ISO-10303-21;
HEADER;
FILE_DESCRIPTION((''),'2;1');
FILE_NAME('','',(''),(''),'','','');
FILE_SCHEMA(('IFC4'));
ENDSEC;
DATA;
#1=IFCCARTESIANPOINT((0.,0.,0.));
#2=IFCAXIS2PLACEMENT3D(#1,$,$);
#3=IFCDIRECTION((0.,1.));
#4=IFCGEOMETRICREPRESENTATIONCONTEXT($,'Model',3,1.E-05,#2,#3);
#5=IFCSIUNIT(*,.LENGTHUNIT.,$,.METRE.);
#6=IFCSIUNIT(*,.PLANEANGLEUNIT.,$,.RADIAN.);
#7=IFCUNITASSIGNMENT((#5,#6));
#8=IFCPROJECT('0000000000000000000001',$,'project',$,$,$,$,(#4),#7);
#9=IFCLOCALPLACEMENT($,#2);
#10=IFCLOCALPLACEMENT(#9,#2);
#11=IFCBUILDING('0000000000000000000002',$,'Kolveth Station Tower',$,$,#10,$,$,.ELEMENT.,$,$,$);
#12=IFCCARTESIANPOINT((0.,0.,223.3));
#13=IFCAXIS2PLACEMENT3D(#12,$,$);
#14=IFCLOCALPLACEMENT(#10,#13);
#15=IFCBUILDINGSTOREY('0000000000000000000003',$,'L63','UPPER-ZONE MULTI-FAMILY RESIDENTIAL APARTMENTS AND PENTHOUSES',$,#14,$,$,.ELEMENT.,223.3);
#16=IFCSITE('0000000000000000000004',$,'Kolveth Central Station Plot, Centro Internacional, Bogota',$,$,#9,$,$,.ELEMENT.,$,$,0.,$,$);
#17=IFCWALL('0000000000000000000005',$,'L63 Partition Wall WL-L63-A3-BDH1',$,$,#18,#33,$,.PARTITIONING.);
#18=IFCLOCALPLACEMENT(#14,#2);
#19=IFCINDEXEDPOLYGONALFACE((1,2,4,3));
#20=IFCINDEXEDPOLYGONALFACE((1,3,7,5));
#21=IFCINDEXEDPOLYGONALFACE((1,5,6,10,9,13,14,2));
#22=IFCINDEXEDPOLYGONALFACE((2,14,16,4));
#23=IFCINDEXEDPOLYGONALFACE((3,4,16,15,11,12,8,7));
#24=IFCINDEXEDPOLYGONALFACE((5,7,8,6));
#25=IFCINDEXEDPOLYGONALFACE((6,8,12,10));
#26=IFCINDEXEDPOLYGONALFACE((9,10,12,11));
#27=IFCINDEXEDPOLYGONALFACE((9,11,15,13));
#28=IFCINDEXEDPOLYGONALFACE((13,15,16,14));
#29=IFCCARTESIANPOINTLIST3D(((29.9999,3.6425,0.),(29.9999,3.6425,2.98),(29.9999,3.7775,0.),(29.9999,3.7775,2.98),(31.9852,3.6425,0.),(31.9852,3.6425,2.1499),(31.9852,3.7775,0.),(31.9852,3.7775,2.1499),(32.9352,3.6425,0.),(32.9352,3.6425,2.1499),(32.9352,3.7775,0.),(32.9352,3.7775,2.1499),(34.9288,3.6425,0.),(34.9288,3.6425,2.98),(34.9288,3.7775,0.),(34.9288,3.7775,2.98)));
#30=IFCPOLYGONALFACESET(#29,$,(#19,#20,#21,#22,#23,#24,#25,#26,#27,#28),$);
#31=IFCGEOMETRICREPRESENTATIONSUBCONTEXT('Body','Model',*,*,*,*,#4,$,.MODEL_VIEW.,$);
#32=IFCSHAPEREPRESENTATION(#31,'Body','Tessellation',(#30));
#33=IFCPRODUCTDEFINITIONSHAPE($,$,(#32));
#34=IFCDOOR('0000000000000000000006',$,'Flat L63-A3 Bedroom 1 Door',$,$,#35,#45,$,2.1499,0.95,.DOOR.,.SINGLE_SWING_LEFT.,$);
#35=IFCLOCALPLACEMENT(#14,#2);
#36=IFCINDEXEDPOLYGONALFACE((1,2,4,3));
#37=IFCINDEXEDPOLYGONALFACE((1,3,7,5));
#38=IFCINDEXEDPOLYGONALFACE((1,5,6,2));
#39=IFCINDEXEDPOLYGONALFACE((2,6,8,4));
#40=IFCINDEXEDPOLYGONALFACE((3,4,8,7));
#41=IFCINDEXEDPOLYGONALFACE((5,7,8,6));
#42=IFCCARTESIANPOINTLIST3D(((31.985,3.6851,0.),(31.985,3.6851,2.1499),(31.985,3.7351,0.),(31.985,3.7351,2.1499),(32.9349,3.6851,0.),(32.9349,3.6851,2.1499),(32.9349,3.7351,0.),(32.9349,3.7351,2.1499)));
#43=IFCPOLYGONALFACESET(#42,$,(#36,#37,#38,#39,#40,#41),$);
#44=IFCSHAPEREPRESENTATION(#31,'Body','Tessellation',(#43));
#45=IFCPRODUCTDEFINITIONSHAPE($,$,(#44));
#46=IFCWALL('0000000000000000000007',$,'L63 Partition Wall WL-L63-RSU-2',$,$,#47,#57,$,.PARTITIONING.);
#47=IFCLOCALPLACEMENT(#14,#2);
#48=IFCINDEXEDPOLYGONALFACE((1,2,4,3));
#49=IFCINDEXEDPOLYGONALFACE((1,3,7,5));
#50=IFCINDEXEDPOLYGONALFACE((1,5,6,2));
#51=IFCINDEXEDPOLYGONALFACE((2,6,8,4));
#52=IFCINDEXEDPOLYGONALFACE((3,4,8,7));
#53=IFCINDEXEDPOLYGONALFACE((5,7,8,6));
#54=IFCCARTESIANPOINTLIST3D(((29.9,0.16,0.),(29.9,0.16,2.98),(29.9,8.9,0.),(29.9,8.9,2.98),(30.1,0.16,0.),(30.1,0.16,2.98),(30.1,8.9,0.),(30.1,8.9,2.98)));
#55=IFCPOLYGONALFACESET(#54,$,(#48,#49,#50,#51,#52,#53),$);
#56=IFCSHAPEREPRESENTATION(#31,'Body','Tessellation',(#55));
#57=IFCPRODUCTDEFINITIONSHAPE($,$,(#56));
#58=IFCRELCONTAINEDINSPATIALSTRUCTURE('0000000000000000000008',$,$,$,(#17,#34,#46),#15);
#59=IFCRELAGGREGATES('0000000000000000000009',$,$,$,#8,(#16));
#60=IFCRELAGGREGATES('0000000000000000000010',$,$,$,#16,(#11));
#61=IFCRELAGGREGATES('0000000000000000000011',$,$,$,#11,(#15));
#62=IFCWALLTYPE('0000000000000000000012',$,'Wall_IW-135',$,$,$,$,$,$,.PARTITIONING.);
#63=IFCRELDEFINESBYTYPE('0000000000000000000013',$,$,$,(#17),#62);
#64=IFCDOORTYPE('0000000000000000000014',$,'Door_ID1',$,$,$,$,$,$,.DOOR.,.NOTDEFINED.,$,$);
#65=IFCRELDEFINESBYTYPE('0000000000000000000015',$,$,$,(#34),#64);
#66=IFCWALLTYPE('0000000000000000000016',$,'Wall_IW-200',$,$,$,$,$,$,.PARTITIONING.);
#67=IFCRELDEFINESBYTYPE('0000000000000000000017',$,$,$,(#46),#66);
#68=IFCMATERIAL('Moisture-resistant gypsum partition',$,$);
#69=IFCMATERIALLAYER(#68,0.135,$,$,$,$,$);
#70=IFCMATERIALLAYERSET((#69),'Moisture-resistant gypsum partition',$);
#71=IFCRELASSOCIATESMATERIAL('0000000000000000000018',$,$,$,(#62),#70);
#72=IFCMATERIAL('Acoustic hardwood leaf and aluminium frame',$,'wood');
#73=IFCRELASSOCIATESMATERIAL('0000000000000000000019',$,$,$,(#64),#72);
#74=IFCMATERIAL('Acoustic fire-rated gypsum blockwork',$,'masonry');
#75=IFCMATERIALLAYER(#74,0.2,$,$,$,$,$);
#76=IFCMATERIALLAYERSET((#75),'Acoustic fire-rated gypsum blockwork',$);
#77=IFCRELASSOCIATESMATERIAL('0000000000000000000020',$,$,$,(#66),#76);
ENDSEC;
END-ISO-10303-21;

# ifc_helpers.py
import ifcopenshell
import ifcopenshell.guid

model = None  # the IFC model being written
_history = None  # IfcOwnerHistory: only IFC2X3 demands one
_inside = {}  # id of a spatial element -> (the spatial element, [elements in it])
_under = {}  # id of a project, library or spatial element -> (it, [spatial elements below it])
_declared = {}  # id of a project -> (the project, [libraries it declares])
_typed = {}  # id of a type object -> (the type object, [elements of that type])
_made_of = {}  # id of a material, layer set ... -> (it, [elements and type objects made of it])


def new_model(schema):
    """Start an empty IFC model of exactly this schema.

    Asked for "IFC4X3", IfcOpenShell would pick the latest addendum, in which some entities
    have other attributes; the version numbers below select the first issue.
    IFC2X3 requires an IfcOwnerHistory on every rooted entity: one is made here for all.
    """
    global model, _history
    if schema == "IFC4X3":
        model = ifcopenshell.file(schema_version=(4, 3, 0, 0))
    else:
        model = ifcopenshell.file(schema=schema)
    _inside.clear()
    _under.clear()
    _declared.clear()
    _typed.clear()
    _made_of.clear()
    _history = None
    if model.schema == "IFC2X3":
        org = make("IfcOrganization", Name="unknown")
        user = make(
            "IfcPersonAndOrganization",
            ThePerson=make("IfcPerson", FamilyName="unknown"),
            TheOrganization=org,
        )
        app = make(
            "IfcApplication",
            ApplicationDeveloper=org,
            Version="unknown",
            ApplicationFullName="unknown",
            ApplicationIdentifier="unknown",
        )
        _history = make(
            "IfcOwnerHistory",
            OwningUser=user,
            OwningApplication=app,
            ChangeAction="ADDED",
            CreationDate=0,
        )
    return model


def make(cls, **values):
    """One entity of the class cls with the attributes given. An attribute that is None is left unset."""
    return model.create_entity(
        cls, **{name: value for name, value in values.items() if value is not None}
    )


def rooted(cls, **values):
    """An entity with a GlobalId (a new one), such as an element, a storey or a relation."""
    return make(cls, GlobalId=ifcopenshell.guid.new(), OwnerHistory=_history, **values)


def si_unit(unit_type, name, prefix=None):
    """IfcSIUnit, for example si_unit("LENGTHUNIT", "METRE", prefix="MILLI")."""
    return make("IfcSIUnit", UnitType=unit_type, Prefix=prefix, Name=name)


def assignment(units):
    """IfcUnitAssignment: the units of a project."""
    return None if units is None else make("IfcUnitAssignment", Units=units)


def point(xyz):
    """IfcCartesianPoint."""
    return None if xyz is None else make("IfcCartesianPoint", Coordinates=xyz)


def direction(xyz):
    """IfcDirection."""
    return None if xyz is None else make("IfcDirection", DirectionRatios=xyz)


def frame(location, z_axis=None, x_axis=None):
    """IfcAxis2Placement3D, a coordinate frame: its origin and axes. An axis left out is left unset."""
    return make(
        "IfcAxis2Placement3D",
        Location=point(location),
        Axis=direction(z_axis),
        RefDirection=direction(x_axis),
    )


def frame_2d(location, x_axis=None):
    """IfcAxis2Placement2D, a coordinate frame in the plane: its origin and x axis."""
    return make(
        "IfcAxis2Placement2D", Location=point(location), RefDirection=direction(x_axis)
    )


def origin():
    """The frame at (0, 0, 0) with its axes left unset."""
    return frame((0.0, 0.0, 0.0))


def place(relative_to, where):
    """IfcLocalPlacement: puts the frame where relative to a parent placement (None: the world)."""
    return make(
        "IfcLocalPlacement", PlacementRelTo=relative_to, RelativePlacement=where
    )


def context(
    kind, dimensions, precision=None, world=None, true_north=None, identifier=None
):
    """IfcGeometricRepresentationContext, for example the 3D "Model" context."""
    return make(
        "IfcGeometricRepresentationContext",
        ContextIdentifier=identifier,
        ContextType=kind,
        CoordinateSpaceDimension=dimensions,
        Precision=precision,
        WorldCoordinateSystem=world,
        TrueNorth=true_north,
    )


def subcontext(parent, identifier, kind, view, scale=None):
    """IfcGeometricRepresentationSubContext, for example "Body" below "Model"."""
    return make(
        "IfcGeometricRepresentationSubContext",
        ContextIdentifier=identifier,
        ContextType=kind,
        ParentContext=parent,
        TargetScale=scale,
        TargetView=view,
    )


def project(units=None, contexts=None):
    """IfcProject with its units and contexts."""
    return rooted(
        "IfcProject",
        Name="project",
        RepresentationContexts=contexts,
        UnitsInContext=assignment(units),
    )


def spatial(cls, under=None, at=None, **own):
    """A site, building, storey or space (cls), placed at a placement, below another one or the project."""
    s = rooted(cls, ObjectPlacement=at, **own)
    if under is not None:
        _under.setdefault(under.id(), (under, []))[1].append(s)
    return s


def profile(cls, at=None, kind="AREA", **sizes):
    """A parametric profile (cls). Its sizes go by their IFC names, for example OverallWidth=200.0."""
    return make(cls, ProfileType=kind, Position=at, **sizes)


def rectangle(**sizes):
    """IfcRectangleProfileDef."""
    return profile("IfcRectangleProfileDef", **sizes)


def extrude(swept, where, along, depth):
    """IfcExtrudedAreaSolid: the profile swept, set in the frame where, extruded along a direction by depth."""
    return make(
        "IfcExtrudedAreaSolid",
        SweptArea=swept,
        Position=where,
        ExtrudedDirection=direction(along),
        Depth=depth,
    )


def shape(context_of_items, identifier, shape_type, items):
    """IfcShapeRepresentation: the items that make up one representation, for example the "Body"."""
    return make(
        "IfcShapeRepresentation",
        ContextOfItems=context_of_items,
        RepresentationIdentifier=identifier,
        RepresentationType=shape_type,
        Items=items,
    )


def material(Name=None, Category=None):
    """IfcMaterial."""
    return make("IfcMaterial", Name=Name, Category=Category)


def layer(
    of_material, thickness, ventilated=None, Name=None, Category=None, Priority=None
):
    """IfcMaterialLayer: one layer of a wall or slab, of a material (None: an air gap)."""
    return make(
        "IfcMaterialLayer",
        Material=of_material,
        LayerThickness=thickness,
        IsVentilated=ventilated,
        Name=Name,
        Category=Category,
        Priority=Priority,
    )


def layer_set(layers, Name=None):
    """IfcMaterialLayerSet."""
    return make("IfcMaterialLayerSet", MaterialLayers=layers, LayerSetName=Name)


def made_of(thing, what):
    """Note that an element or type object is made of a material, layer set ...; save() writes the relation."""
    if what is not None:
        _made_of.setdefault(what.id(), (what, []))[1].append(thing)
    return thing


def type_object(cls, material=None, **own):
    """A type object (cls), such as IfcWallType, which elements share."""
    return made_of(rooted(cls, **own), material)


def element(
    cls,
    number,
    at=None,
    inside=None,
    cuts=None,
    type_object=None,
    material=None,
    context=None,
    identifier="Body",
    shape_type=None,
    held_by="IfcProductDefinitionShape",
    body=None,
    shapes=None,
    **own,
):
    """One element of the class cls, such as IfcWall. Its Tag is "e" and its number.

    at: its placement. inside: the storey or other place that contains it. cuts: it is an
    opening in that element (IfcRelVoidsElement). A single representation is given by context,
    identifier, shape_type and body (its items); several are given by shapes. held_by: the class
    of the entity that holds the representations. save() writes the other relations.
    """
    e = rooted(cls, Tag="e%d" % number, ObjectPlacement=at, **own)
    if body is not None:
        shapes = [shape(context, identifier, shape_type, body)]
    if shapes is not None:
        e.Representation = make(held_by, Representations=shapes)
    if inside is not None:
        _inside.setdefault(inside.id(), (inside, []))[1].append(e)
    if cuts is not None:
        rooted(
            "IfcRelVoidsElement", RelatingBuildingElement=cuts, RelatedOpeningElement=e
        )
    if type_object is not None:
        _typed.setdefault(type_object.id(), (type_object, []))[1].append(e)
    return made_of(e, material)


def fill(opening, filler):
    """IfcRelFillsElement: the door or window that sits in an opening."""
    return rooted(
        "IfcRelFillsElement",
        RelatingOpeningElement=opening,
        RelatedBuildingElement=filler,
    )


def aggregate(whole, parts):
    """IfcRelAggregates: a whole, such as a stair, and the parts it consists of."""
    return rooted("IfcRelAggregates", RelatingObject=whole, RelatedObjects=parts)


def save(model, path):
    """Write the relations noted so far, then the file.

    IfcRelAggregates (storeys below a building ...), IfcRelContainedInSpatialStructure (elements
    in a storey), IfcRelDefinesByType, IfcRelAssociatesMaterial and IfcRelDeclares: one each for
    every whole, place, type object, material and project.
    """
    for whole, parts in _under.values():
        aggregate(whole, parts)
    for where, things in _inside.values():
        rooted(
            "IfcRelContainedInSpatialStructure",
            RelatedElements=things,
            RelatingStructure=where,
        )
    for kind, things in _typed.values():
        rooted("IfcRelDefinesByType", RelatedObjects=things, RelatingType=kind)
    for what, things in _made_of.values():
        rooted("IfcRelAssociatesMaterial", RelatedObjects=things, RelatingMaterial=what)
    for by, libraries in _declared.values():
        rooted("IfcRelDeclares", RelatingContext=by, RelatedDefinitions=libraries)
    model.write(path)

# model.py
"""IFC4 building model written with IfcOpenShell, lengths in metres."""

from ifc_helpers import new_model, si_unit, direction, frame, frame_2d, origin, place, context, subcontext, project, spatial, rectangle, extrude, material, layer, layer_set, type_object, element, fill, save


model = new_model("IFC4")

# Units and contexts
model_context = context("Model", 3, precision=1e-05, world=origin(), true_north=direction((0.0, 1.0)))
body_context = subcontext(model_context, "Body", "Model", "MODEL_VIEW")
ifc_project = project(units=[si_unit("LENGTHUNIT", "METRE"), si_unit("PLANEANGLEUNIT", "RADIAN")], contexts=[model_context])

# Site, building, storey
site_placement = place(None, origin())
site = spatial("IfcSite", under=ifc_project, at=site_placement, Name="Kolveth Central Station Plot, Centro Internacional, Bogota", CompositionType="ELEMENT", RefElevation=0.0)
building_placement = place(site_placement, origin())
building = spatial("IfcBuilding", under=site, at=building_placement, Name="Kolveth Station Tower", CompositionType="ELEMENT")
storey_placement = place(building_placement, frame((0.0, 0.0, 223.3)))
storey = spatial("IfcBuildingStorey", under=building, at=storey_placement, Name="L63", Description="UPPER-ZONE MULTI-FAMILY RESIDENTIAL APARTMENTS AND PENTHOUSES", CompositionType="ELEMENT", Elevation=223.3)

# Shared definitions
ifc_material_1 = material(Name="Moisture-resistant gypsum partition")
ifc_layer_1 = layer(ifc_material_1, 0.135)
ifc_layer_set_1 = layer_set([ifc_layer_1], Name="Moisture-resistant gypsum partition")
wall_type_1 = type_object("IfcWallType", Name="Wall_IW-135", PredefinedType="PARTITIONING", material=ifc_layer_set_1)
ifc_material_2 = material(Name="Acoustic hardwood leaf and aluminium frame", Category="wood")
door_type = type_object("IfcDoorType", Name="Door_ID1", OperationType="NOTDEFINED", PredefinedType="DOOR", material=ifc_material_2)

# Wall, opening, door
wall_1_placement = place(storey_placement, frame((30.0, 3.71, 0.0), z_axis=(0.0, 0.0, 1.0), x_axis=(1.0, 0.0, 0.0)))
wall_1 = element("IfcWall", 1, at=wall_1_placement, inside=storey, type_object=wall_type_1, Name="L63 Partition Wall WL-L63-A3-BDH1", PredefinedType="PARTITIONING", context=body_context, shape_type="SweptSolid", body=[
    extrude(rectangle(XDim=4.929, YDim=0.135, at=frame_2d((2.4644, 0.0))), origin(), (0.0, 0.0, 1.0), 2.98),
])
opening_1_placement = place(wall_1_placement, frame((1.9851, 0.0, 0.0)))
opening_1 = element("IfcOpeningElement", 2, at=opening_1_placement, cuts=wall_1, PredefinedType="OPENING", context=body_context, shape_type="SweptSolid", body=[
    extrude(rectangle(XDim=0.95, YDim=2.1499, at=frame_2d((0.4751, 1.075))), frame((0.0, 0.0774, 0.0), z_axis=(0.0, -1.0, 0.0), x_axis=(1.0, 0.0, 0.0)), (0.0, 0.0, 1.0), 0.155),
])
door_1_placement = place(opening_1_placement, frame((0.95, 0.0, 0.0), z_axis=(0.0, 0.0, 1.0), x_axis=(-1.0, 0.0, 0.0)))
door_1 = element("IfcDoor", 3, at=door_1_placement, inside=storey, type_object=door_type, Name="Flat L63-A3 Bedroom 1 Door", OperationType="SINGLE_SWING_LEFT", OverallHeight=2.1499, OverallWidth=0.95, PredefinedType="DOOR", context=body_context, shape_type="SweptSolid", body=[
    extrude(rectangle(XDim=0.95, YDim=2.1499, at=frame_2d((0.4751, 1.075))), frame((0.0, 0.0249, 0.0), z_axis=(0.0, -1.0, 0.0), x_axis=(1.0, 0.0, 0.0)), (0.0, 0.0, 1.0), 0.05),
])
fill(opening_1, door_1)

# Wall
ifc_material_3 = material(Name="Acoustic fire-rated gypsum blockwork", Category="masonry")
ifc_layer_2 = layer(ifc_material_3, 0.2)
ifc_layer_set_2 = layer_set([ifc_layer_2], Name="Acoustic fire-rated gypsum blockwork")
wall_type_2 = type_object("IfcWallType", Name="Wall_IW-200", PredefinedType="PARTITIONING", material=ifc_layer_set_2)
wall_2_placement = place(storey_placement, frame((30.0, 0.1599, 0.0), z_axis=(0.0, 0.0, 1.0), x_axis=(0.0, 1.0, 0.0)))
element("IfcWall", 4, at=wall_2_placement, inside=storey, type_object=wall_type_2, Name="L63 Partition Wall WL-L63-RSU-2", PredefinedType="PARTITIONING", context=body_context, shape_type="SweptSolid", body=[
    extrude(rectangle(XDim=8.74, YDim=0.2, at=frame_2d((4.3701, 0.0))), origin(), (0.0, 0.0, 1.0), 2.98),
])

save(model, "model.ifc")
